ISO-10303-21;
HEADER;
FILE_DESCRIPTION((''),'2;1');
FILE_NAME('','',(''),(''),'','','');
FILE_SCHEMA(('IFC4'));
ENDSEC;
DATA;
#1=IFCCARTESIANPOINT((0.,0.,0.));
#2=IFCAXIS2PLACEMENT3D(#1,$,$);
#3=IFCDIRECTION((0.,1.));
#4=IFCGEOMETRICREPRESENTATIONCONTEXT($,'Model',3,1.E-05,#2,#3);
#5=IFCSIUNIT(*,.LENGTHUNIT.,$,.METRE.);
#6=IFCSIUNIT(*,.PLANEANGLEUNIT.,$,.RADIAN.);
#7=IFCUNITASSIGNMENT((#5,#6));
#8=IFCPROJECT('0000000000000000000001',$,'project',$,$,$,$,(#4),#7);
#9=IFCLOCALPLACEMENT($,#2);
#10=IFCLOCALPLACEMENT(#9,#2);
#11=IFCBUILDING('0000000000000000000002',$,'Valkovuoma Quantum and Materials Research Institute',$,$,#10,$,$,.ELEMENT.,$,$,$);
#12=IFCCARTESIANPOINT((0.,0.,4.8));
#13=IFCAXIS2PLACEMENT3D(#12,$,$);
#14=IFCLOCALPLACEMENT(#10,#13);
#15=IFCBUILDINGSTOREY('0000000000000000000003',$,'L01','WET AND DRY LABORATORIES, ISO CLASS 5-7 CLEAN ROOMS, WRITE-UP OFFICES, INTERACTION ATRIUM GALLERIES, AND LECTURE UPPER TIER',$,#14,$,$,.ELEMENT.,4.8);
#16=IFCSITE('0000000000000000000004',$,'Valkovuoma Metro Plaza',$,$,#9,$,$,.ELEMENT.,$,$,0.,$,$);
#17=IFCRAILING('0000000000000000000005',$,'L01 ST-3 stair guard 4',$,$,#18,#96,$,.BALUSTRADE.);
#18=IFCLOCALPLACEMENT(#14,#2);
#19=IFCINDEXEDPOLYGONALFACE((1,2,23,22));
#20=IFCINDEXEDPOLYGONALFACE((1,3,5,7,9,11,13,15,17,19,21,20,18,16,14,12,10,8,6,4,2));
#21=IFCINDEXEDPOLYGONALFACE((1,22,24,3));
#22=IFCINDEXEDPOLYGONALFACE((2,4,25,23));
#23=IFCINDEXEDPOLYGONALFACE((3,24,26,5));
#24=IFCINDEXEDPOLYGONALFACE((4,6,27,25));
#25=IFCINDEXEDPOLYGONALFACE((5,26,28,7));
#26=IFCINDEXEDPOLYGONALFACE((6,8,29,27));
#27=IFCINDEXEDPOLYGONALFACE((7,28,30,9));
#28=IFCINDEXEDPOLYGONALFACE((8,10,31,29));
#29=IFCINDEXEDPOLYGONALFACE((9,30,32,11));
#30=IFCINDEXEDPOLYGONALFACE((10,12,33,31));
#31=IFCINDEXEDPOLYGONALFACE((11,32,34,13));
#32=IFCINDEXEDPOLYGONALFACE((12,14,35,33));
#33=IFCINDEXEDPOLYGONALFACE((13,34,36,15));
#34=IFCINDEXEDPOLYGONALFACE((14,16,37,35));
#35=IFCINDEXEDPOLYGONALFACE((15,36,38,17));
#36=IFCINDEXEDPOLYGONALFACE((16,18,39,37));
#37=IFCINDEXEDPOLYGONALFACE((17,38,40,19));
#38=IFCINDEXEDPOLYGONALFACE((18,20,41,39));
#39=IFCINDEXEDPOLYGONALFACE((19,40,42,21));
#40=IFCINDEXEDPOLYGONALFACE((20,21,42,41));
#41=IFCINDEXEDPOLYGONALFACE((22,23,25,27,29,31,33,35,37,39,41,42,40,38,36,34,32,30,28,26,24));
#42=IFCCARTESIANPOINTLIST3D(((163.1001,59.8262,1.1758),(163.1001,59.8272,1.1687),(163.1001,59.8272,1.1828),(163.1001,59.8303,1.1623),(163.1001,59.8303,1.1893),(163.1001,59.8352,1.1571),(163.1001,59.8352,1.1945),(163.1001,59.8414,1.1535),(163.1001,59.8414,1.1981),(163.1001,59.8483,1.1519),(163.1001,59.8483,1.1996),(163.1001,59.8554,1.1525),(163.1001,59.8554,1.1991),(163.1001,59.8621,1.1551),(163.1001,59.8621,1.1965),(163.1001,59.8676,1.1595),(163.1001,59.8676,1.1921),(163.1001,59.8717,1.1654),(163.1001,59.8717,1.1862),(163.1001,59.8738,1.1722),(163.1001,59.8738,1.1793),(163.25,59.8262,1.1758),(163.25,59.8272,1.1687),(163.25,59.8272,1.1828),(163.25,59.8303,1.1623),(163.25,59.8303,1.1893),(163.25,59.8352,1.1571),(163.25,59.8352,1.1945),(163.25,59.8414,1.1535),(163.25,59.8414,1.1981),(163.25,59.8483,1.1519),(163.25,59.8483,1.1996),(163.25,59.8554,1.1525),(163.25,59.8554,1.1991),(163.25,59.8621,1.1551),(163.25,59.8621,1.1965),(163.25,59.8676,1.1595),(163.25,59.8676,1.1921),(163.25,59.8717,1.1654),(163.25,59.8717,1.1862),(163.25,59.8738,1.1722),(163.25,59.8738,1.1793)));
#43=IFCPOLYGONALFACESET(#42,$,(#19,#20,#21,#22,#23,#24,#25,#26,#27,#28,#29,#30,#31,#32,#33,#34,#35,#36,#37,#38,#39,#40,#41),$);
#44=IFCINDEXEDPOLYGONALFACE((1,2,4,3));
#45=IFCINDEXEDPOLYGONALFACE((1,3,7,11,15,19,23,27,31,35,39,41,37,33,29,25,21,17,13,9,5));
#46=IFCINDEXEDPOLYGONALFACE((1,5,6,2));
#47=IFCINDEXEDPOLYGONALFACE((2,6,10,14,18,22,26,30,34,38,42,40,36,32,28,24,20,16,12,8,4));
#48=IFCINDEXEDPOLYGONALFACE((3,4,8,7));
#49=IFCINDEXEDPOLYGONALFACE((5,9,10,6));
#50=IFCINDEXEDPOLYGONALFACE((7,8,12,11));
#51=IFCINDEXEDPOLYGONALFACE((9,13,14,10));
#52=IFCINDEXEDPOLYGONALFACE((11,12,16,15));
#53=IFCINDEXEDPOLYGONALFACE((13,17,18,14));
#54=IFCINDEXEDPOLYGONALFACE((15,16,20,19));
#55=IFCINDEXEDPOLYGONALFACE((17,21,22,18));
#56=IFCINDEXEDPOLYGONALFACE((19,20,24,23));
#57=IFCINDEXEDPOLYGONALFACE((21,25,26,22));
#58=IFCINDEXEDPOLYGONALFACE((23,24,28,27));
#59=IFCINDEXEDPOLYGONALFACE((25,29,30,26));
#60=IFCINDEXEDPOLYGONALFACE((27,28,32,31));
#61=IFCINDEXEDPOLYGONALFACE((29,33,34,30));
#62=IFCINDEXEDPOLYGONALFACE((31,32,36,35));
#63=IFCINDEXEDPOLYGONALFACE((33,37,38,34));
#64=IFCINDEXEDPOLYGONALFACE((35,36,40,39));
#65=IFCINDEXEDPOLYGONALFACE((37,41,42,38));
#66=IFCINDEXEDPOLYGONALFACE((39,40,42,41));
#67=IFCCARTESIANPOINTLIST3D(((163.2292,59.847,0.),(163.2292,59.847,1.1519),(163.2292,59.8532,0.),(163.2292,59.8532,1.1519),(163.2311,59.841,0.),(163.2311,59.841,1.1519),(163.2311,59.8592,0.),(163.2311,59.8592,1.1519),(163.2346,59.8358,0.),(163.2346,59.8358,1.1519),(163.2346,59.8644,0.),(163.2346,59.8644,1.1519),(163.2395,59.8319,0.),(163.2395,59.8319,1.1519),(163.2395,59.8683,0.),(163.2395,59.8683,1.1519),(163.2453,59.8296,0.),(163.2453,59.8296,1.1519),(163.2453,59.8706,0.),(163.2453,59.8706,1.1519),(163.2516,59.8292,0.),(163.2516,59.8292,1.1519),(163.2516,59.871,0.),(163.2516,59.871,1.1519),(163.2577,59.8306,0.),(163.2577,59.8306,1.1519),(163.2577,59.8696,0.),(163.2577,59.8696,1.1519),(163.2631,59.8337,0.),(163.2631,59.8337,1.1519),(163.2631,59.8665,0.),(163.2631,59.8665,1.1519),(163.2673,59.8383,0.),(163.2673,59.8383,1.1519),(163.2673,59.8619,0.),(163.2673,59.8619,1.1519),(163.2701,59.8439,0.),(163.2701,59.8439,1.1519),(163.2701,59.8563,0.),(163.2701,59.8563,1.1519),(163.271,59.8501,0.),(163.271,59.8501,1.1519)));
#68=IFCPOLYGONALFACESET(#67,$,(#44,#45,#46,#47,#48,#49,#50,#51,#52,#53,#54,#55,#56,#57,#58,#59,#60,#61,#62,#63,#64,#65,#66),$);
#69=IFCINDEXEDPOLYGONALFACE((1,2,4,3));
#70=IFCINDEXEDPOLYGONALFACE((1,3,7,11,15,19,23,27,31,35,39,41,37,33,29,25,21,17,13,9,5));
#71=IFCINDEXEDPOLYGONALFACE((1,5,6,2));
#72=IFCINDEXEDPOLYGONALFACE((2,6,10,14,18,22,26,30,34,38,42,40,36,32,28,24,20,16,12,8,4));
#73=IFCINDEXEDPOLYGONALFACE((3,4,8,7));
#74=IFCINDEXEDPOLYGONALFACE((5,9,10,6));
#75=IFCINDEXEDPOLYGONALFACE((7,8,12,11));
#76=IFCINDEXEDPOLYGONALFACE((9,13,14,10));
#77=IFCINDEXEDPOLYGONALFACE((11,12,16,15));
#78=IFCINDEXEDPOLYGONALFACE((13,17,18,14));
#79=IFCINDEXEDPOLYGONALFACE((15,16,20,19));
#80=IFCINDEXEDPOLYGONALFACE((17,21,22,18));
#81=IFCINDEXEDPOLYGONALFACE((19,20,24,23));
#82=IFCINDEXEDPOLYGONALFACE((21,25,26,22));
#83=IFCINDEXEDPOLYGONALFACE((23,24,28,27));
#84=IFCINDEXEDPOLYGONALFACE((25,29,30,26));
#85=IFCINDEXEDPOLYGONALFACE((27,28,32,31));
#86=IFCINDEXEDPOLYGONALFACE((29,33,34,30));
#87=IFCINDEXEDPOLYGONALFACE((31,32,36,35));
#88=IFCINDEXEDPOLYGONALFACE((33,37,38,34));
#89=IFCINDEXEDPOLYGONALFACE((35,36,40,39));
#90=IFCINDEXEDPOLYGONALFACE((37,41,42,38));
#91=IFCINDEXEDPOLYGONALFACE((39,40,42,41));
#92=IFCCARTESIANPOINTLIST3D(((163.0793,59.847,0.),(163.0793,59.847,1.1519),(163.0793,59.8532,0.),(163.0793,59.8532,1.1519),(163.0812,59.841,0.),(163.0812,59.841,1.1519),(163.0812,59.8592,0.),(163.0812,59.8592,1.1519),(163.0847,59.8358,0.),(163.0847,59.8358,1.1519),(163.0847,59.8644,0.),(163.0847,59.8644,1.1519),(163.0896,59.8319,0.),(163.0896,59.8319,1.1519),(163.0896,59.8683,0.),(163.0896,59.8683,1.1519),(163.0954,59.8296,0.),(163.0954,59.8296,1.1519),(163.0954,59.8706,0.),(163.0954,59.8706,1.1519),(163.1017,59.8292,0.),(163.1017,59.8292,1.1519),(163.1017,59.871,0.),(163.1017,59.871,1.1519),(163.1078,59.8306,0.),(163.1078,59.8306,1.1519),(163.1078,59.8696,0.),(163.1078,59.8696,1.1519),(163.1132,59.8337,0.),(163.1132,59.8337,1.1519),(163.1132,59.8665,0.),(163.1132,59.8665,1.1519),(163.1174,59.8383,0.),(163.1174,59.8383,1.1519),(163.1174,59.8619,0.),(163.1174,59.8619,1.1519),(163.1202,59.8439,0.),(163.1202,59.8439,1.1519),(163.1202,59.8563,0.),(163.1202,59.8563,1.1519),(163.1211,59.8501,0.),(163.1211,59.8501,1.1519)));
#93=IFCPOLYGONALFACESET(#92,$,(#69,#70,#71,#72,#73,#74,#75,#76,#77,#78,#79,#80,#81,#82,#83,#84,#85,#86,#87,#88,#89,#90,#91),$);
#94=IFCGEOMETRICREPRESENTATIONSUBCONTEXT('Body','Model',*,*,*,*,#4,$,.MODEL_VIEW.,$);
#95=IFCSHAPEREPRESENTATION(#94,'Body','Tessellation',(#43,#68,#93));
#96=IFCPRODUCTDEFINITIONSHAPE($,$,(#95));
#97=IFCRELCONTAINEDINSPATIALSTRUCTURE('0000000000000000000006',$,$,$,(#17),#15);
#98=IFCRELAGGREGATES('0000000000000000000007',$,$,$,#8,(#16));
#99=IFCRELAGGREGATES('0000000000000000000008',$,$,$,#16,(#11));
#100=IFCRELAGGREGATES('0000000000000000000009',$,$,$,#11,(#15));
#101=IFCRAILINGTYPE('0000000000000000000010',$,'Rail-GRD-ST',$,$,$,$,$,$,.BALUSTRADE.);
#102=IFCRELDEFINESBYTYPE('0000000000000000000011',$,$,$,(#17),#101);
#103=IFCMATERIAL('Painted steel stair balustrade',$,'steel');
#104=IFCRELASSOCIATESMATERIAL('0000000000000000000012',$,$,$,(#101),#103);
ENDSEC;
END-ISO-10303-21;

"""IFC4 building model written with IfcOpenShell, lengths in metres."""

from ifc_helpers import new_model, si_unit, direction, frame, origin, origin_2d, place, context, subcontext, project, spatial, circle, extrude, material, type_object, element, save


model = new_model("IFC4")

# Units and contexts
model_context = context("Model", 3, precision=1e-05, world=origin(), true_north=direction((0.0, 1.0)))
body_context = subcontext(model_context, "Body", "Model", "MODEL_VIEW")
ifc_project = project(units=[si_unit("LENGTHUNIT", "METRE"), si_unit("PLANEANGLEUNIT", "RADIAN")], contexts=[model_context])

# Site, building, storey
site_placement = place(None, origin())
site = spatial("IfcSite", under=ifc_project, at=site_placement, Name="Valkovuoma Metro Plaza", CompositionType="ELEMENT", RefElevation=0.0)
building_placement = place(site_placement, origin())
building = spatial("IfcBuilding", under=site, at=building_placement, Name="Valkovuoma Quantum and Materials Research Institute", CompositionType="ELEMENT")
storey_placement = place(building_placement, frame((0.0, 0.0, 4.8)))
storey = spatial("IfcBuildingStorey", under=building, at=storey_placement, Name="L01", Description="WET AND DRY LABORATORIES, ISO CLASS 5-7 CLEAN ROOMS, WRITE-UP OFFICES, INTERACTION ATRIUM GALLERIES, AND LECTURE UPPER TIER", CompositionType="ELEMENT", Elevation=4.8)

# Railing
ifc_material_1 = material(Name="Painted steel stair balustrade", Category="steel")
railing_type_1 = type_object("IfcRailingType", Name="Rail-GRD-ST", PredefinedType="BALUSTRADE", material=ifc_material_1)
railing_1_placement = place(storey_placement, frame((163.25, 59.8501, 0.0)))
element("IfcRailing", 1, at=railing_1_placement, inside=storey, type_object=railing_type_1, Name="L01 ST-3 stair guard 4", PredefinedType="BALUSTRADE", context=body_context, shape_type="SweptSolid", body=[
    extrude(circle(Radius=0.0239, at=origin_2d()), frame((0.0, 0.0, 1.1758), z_axis=(-1.0, 0.0, 0.0), x_axis=(0.0, -1.0, 0.0)), (0.0, 0.0, 1.0), 0.1499),
    extrude(circle(Radius=0.021, at=origin_2d()), origin(), (0.0, 0.0, 1.0), 1.1519),
    extrude(circle(Radius=0.021, at=origin_2d()), frame((-0.1499, 0.0, 0.0)), (0.0, 0.0, 1.0), 1.1519),
])

save(model, "model.ifc")
